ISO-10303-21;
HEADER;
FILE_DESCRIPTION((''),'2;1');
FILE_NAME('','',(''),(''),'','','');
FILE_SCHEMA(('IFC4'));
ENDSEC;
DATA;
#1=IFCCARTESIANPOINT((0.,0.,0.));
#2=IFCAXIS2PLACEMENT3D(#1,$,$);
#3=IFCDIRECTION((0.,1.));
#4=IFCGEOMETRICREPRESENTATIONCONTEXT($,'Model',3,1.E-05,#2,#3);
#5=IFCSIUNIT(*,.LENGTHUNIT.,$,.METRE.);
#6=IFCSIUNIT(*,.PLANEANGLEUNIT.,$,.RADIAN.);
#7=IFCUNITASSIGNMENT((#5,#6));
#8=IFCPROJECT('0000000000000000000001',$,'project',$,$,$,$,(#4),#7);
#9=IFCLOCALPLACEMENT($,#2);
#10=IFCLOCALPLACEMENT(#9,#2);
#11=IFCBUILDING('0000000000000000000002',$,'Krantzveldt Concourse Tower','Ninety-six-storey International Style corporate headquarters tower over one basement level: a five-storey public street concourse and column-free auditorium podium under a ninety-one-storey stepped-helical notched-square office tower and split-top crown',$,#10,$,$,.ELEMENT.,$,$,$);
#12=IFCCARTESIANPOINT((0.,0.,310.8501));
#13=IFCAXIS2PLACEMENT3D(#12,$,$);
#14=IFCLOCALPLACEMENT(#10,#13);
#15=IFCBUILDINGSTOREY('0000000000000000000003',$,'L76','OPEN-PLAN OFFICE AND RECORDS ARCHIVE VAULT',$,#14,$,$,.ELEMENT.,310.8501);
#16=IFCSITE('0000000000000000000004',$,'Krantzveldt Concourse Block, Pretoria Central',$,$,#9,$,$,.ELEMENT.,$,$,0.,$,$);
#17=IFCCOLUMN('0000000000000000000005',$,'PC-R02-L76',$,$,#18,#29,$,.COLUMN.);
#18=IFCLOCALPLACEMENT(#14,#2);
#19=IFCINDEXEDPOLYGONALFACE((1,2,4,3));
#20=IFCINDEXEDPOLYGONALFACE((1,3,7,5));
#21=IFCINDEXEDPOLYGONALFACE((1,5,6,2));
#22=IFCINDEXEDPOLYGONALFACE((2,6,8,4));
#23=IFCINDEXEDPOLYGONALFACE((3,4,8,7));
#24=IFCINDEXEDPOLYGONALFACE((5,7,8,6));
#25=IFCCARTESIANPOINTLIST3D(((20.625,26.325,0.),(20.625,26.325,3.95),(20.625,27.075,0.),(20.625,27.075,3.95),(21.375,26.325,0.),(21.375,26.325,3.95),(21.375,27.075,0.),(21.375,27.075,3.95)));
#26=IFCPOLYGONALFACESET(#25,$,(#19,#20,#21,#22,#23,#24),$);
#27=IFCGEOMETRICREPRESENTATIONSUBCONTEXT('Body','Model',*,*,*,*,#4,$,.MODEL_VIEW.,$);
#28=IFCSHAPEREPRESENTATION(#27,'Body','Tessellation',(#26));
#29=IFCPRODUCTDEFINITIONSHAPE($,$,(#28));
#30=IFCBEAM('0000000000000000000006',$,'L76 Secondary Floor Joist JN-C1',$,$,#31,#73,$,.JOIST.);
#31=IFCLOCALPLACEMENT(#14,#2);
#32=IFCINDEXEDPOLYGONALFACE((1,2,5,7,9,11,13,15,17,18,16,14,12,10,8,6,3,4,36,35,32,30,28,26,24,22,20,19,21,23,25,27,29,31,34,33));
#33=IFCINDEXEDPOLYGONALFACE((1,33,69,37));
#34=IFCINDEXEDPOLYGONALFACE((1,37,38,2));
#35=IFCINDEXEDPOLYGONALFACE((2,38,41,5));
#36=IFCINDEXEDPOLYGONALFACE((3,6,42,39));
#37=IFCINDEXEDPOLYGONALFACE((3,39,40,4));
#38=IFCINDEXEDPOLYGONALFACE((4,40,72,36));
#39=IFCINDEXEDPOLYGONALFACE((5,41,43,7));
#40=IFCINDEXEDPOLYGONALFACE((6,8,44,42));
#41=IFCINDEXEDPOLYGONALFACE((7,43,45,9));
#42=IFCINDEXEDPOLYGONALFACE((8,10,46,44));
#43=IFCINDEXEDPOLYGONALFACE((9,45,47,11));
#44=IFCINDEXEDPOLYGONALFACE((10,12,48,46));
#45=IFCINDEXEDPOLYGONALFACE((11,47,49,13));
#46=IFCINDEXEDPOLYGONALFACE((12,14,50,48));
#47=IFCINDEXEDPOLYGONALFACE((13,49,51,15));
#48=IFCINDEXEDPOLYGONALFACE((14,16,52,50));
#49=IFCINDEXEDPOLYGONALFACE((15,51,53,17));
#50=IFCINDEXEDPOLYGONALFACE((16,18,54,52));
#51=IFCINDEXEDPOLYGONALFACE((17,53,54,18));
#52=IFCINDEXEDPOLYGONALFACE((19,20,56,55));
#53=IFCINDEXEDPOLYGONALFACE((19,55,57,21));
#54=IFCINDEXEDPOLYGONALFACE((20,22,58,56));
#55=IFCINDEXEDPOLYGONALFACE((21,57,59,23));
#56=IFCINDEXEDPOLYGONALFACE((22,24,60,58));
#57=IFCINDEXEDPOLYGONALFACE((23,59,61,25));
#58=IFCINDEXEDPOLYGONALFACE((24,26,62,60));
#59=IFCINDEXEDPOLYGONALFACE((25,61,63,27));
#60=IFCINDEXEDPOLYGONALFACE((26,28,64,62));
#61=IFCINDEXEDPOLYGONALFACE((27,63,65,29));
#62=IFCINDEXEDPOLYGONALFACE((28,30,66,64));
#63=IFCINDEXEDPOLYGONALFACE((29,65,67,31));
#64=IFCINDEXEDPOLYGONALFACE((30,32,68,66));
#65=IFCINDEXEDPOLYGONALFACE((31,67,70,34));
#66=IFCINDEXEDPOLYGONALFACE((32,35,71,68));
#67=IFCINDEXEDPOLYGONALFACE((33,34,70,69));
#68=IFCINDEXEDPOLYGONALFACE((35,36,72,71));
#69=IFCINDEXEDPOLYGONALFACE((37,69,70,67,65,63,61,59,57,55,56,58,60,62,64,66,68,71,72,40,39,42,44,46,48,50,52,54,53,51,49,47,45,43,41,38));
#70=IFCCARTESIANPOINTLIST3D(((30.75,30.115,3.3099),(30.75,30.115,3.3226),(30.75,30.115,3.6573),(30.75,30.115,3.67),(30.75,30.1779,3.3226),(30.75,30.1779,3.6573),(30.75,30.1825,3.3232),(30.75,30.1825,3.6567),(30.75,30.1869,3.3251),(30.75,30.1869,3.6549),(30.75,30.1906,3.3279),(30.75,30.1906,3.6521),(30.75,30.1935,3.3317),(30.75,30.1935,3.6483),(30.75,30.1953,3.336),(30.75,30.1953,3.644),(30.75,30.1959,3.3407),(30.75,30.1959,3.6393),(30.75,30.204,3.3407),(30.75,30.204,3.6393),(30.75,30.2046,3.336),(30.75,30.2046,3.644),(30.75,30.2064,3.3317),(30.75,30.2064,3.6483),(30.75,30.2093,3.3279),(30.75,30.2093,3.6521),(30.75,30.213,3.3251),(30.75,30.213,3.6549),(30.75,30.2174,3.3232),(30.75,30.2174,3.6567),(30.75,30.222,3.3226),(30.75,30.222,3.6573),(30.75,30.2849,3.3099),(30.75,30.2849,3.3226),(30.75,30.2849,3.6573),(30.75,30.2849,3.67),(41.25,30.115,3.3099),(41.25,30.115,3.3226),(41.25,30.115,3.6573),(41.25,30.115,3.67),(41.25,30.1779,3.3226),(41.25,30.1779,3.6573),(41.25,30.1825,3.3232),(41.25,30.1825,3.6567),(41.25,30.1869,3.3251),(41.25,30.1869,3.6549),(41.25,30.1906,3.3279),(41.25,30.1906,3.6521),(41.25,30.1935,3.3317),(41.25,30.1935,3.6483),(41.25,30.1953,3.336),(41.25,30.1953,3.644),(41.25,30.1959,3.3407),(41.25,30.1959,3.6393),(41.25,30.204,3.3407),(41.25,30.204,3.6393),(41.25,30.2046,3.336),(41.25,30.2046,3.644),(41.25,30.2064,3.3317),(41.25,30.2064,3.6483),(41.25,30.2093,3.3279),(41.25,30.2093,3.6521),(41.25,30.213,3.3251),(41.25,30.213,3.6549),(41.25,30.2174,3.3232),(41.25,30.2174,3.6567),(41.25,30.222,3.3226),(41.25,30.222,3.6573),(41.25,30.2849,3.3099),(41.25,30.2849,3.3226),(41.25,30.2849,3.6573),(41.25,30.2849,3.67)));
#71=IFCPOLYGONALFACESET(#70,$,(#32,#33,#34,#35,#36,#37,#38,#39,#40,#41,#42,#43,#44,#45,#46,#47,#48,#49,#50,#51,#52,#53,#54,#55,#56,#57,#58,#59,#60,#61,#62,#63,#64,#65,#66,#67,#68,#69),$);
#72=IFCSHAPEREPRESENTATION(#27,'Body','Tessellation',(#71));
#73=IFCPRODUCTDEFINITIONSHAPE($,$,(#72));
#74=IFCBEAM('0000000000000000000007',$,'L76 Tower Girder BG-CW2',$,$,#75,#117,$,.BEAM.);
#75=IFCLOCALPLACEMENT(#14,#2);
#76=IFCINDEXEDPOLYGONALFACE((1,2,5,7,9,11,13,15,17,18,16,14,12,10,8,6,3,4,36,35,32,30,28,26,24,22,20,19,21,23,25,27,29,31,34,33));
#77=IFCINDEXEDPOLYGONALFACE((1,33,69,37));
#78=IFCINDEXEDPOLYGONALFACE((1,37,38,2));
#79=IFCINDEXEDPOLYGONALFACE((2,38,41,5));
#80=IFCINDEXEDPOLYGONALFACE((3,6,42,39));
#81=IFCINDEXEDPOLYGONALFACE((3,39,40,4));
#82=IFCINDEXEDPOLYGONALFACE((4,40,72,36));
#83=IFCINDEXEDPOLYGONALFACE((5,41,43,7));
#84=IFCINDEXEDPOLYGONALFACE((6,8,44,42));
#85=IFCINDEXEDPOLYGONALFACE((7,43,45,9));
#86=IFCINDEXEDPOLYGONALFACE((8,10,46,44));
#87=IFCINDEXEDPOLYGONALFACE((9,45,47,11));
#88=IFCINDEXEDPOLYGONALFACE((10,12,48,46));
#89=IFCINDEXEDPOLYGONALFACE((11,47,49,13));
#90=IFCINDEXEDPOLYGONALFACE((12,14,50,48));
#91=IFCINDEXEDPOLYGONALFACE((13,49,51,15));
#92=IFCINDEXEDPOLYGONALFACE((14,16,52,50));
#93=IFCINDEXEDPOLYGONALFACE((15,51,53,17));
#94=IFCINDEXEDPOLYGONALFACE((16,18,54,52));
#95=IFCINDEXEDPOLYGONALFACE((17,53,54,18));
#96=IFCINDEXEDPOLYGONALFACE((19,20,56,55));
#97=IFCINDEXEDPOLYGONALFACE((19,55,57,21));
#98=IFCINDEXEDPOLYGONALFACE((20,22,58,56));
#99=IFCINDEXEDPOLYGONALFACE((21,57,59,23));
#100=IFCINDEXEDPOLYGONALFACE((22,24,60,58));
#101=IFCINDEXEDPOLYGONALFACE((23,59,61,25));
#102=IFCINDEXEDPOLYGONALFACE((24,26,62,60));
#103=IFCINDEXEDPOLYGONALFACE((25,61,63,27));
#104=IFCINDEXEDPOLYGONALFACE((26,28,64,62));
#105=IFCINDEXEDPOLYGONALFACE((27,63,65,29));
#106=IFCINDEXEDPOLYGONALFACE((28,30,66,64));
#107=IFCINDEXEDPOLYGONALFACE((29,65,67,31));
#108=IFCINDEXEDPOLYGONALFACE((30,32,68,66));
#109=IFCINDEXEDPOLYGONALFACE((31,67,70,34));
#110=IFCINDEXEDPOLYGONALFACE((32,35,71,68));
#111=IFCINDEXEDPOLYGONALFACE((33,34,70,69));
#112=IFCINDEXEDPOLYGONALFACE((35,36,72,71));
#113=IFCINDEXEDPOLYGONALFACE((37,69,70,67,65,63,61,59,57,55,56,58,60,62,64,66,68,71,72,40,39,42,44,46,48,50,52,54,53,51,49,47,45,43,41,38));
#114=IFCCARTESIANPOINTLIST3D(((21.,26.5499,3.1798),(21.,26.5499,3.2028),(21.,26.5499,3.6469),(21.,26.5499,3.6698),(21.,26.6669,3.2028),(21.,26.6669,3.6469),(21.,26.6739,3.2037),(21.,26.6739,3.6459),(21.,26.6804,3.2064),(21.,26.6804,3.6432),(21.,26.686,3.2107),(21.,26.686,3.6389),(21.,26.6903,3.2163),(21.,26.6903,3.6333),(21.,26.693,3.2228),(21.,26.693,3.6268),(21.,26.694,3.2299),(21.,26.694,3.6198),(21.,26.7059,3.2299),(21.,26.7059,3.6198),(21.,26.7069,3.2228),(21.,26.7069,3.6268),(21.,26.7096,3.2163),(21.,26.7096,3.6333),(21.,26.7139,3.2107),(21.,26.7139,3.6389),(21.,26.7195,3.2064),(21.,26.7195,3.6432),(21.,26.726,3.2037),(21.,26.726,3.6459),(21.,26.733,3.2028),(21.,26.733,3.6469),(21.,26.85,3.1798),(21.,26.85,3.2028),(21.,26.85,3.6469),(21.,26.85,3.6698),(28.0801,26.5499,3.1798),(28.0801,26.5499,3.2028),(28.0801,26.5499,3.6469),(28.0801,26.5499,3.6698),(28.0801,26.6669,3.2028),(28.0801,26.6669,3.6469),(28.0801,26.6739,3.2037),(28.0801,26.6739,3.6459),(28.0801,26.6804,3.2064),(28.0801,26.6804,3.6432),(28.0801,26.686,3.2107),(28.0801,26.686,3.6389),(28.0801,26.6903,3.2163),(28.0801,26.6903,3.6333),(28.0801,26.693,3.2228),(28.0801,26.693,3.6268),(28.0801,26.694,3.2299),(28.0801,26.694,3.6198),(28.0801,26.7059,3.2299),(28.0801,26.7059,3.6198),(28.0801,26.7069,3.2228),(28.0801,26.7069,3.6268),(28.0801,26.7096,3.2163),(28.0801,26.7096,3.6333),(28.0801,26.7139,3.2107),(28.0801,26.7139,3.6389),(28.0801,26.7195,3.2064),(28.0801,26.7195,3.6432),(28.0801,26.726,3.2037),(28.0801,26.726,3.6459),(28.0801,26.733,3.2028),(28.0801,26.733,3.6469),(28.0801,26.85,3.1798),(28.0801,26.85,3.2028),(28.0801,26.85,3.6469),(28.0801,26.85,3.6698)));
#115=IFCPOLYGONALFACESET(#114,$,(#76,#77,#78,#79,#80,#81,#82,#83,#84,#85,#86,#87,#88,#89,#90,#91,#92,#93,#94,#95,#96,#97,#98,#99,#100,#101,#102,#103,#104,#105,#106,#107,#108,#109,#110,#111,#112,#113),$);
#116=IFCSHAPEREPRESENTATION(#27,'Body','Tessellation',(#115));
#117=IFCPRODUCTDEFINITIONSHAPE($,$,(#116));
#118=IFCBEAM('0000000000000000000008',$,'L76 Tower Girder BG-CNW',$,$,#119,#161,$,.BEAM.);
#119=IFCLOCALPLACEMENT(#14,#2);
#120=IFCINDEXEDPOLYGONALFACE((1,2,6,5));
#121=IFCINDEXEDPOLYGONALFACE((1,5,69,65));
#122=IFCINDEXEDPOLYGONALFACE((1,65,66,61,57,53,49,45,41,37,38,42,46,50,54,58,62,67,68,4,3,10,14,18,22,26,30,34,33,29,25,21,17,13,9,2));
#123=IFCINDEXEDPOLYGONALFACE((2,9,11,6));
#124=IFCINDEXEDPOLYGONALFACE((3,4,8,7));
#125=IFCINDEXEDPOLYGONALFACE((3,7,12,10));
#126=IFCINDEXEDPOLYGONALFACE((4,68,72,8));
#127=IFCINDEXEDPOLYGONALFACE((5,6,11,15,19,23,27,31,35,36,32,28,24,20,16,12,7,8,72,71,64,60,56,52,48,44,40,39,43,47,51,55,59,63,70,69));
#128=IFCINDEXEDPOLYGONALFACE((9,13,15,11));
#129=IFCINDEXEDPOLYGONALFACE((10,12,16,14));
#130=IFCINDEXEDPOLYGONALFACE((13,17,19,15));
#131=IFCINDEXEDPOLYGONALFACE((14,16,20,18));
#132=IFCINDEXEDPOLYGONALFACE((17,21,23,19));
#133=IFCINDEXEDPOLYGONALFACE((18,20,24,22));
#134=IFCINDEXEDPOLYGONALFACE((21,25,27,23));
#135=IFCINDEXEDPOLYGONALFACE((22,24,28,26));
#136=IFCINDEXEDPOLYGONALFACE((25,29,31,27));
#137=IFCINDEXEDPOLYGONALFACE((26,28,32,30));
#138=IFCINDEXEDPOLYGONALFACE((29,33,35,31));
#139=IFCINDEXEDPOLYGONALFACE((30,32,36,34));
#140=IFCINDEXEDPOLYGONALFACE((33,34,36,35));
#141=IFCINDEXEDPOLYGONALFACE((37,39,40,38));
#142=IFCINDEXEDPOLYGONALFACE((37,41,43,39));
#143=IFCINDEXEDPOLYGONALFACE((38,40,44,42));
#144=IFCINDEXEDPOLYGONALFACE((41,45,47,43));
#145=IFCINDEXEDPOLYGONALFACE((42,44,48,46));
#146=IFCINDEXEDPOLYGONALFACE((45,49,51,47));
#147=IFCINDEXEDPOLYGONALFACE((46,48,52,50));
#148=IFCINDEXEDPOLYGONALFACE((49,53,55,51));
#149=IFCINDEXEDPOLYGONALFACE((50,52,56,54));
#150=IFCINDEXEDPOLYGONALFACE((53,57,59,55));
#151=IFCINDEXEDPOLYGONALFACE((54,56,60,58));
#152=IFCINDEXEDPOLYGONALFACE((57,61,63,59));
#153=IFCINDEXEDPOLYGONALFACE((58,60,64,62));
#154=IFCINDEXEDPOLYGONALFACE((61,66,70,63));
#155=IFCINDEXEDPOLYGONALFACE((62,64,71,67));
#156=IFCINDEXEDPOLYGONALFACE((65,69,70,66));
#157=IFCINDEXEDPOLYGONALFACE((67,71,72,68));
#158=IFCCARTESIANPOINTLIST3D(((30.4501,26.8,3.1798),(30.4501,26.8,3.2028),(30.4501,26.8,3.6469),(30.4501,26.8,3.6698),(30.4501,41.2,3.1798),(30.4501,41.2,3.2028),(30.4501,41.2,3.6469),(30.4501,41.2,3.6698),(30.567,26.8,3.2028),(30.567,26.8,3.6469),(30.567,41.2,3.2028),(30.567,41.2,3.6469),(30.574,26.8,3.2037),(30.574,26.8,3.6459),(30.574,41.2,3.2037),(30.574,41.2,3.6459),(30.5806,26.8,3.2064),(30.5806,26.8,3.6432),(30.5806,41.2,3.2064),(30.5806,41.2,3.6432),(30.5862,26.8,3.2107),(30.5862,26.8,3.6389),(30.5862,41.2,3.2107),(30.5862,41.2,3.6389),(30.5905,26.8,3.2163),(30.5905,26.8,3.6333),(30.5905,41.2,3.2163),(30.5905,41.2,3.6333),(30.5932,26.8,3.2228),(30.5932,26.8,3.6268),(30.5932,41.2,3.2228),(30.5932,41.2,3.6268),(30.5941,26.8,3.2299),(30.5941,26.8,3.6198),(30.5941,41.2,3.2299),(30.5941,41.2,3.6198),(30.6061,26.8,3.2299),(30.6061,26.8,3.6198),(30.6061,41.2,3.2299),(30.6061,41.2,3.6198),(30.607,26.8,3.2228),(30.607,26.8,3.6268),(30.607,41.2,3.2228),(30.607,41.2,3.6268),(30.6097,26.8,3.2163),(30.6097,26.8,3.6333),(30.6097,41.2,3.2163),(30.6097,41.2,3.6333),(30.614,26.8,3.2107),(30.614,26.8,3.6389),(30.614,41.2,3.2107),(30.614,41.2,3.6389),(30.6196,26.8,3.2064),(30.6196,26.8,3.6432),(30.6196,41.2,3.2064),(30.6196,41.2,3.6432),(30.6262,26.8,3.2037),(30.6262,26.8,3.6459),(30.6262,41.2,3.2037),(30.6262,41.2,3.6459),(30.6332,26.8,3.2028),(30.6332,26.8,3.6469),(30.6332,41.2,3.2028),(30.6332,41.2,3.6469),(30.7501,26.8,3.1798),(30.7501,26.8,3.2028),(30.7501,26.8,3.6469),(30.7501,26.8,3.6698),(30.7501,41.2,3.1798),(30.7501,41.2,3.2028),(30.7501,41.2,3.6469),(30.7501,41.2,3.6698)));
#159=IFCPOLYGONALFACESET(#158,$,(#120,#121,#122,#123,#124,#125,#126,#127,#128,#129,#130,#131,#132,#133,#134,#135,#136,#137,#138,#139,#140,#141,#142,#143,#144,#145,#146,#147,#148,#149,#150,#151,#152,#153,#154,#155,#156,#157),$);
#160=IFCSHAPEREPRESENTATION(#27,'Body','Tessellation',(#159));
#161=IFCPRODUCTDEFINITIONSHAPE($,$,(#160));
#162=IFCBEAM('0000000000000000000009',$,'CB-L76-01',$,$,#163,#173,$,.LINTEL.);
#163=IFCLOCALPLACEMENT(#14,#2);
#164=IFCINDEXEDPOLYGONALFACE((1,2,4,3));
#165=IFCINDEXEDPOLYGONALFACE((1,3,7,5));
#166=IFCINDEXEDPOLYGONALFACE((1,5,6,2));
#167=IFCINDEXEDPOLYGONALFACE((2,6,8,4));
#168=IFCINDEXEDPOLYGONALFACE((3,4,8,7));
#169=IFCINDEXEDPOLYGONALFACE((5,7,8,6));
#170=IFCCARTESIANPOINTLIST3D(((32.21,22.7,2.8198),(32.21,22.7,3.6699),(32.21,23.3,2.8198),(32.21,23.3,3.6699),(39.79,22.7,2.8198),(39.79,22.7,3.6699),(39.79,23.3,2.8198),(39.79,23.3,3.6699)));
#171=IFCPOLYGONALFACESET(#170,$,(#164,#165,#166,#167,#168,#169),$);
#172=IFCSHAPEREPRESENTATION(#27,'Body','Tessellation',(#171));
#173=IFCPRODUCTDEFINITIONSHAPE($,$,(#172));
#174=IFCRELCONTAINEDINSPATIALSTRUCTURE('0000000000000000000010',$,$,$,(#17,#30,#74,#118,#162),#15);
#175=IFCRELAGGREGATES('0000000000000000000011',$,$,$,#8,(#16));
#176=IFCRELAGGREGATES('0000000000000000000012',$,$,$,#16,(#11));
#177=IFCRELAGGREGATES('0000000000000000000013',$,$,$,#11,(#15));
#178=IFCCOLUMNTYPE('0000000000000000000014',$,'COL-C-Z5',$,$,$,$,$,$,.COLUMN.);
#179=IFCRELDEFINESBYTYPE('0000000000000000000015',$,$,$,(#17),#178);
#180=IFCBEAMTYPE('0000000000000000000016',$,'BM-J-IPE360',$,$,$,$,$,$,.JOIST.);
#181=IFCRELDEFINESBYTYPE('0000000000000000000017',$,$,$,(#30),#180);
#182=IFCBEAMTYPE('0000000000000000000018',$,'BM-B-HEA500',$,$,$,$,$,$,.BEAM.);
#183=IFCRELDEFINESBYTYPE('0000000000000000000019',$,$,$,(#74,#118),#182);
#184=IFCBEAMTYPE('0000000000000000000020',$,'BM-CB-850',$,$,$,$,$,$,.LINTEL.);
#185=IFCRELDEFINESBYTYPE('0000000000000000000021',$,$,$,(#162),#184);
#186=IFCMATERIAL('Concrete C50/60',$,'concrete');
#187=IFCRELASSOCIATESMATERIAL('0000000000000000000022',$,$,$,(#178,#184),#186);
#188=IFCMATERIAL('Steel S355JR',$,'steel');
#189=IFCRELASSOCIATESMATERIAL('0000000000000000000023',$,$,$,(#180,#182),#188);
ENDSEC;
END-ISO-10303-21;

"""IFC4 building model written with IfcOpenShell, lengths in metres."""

from ifc_helpers import new_model, si_unit, direction, frame, origin, origin_2d, place, context, subcontext, project, spatial, rectangle, i_section, extrude, source, transform, mapped, material, material_profile, profile_set, type_object, type_shapes, element, save


model = new_model("IFC4")

# Units and contexts
model_context = context("Model", 3, precision=1e-05, world=origin(), true_north=direction((0.0, 1.0)))
body_context = subcontext(model_context, "Body", "Model", "MODEL_VIEW")
ifc_project = project(units=[si_unit("LENGTHUNIT", "METRE"), si_unit("PLANEANGLEUNIT", "RADIAN")], contexts=[model_context])

# Site, building, storey
site_placement = place(None, origin())
site = spatial("IfcSite", under=ifc_project, at=site_placement, Name="Krantzveldt Concourse Block, Pretoria Central", CompositionType="ELEMENT", RefElevation=0.0)
building_placement = place(site_placement, origin())
building = spatial("IfcBuilding", under=site, at=building_placement, Name="Krantzveldt Concourse Tower", Description="Ninety-six-storey International Style corporate headquarters tower over one basement level: a five-storey public street concourse and column-free auditorium podium under a ninety-one-storey stepped-helical notched-square office tower and split-top crown", CompositionType="ELEMENT")
storey_placement = place(building_placement, frame((0.0, 0.0, 310.8501)))
storey = spatial("IfcBuildingStorey", under=building, at=storey_placement, Name="L76", Description="OPEN-PLAN OFFICE AND RECORDS ARCHIVE VAULT", CompositionType="ELEMENT", Elevation=310.8501)

# Column
ifc_material_1 = material(Name="Concrete C50/60", Category="concrete")
ifc_material_profile_1 = material_profile(ifc_material_1, rectangle(XDim=0.75, YDim=0.75, at=origin_2d()), Name="Concrete C50/60", Category="concrete")
ifc_profile_set_1 = profile_set([ifc_material_profile_1], Name="Concrete C50/60 - RC 750x750")
column_type = type_object("IfcColumnType", Name="COL-C-Z5", PredefinedType="COLUMN", material=ifc_profile_set_1)
shared_shape_1 = source(origin(), body_context, "Body", "SweptSolid", [
    extrude(rectangle(XDim=0.75, YDim=0.75, at=origin_2d()), origin(), (0.0, 0.0, 1.0), 3.95),
])
type_shapes(column_type, [shared_shape_1])
column_placement = place(storey_placement, frame((21.0, 26.7, 0.0), z_axis=(0.0, 0.0, 1.0), x_axis=(1.0, 0.0, 0.0)))
element("IfcColumn", 1, at=column_placement, inside=storey, type_object=column_type, Name="PC-R02-L76", PredefinedType="COLUMN", context=body_context, shape_type="MappedRepresentation", body=[
    mapped(shared_shape_1, transform((0.0, 0.0, 0.0), x_axis=(1.0, 0.0, 0.0), y_axis=(0.0, 1.0, 0.0), z_axis=(0.0, 0.0, 1.0), scale=1.0)),
])

# Beams
ifc_material_2 = material(Name="Steel S355JR", Category="steel")
ifc_material_profile_2 = material_profile(ifc_material_2, i_section(OverallWidth=0.1699, OverallDepth=0.3601, WebThickness=0.0081, FlangeThickness=0.0127, FilletRadius=0.0181, at=origin_2d()), Name="Steel S355JR", Category="steel")
ifc_profile_set_2 = profile_set([ifc_material_profile_2], Name="Steel S355JR - IPE 360")
beam_type_1 = type_object("IfcBeamType", Name="BM-J-IPE360", PredefinedType="JOIST", material=ifc_profile_set_2)
shared_shape_2 = source(origin(), body_context, "Body", "SweptSolid", [
    extrude(i_section(OverallWidth=0.1699, OverallDepth=0.3601, WebThickness=0.0081, FlangeThickness=0.0127, FilletRadius=0.0181, at=origin_2d()), origin(), (0.0, 0.0, 1.0), 10.5),
])
beam_1_placement = place(storey_placement, frame((30.75, 30.2, 3.49), z_axis=(1.0, 0.0, 0.0), x_axis=(0.0, 1.0, 0.0)))
element("IfcBeam", 2, at=beam_1_placement, inside=storey, type_object=beam_type_1, Name="L76 Secondary Floor Joist JN-C1", PredefinedType="JOIST", context=body_context, shape_type="MappedRepresentation", body=[
    mapped(shared_shape_2, transform((0.0, 0.0, 0.0), x_axis=(1.0, 0.0, 0.0), y_axis=(0.0, 1.0, 0.0), z_axis=(0.0, 0.0, 1.0), scale=1.0)),
])
ifc_material_profile_3 = material_profile(ifc_material_2, i_section(OverallWidth=0.3, OverallDepth=0.49, WebThickness=0.012, FlangeThickness=0.0229, FilletRadius=0.0271, at=origin_2d()), Name="Steel S355JR", Category="steel")
ifc_profile_set_3 = profile_set([ifc_material_profile_3], Name="Steel S355JR - HEA 500")
beam_type_2 = type_object("IfcBeamType", Name="BM-B-HEA500", PredefinedType="BEAM", material=ifc_profile_set_3)
shared_shape_3 = source(origin(), body_context, "Body", "SweptSolid", [
    extrude(i_section(OverallWidth=0.3, OverallDepth=0.49, WebThickness=0.012, FlangeThickness=0.0229, FilletRadius=0.0271, at=origin_2d()), origin(), (0.0, 0.0, 1.0), 7.0801),
])
beam_2_placement = place(storey_placement, frame((21.0, 26.7, 3.4248), z_axis=(1.0, 0.0, 0.0), x_axis=(0.0, 1.0, 0.0)))
element("IfcBeam", 3, at=beam_2_placement, inside=storey, type_object=beam_type_2, Name="L76 Tower Girder BG-CW2", PredefinedType="BEAM", context=body_context, shape_type="MappedRepresentation", body=[
    mapped(shared_shape_3, transform((0.0, 0.0, 0.0), x_axis=(1.0, 0.0, 0.0), y_axis=(0.0, 1.0, 0.0), z_axis=(0.0, 0.0, 1.0), scale=1.0)),
])
shared_shape_4 = source(origin(), body_context, "Body", "SweptSolid", [
    extrude(i_section(OverallWidth=0.3, OverallDepth=0.49, WebThickness=0.012, FlangeThickness=0.0229, FilletRadius=0.0271, at=origin_2d()), origin(), (0.0, 0.0, 1.0), 14.3999),
])
type_shapes(beam_type_2, [shared_shape_3, shared_shape_4])
beam_3_placement = place(storey_placement, frame((30.6001, 26.8, 3.4248), z_axis=(0.0, 1.0, 0.0), x_axis=(-1.0, 0.0, 0.0)))
element("IfcBeam", 4, at=beam_3_placement, inside=storey, type_object=beam_type_2, Name="L76 Tower Girder BG-CNW", PredefinedType="BEAM", context=body_context, shape_type="MappedRepresentation", body=[
    mapped(shared_shape_4, transform((0.0, 0.0, 0.0), x_axis=(1.0, 0.0, 0.0), y_axis=(0.0, 1.0, 0.0), z_axis=(0.0, 0.0, 1.0), scale=1.0)),
])
ifc_material_profile_4 = material_profile(ifc_material_1, rectangle(XDim=0.6001, YDim=0.8501, at=origin_2d()), Name="Concrete C50/60", Category="concrete")
ifc_profile_set_4 = profile_set([ifc_material_profile_4], Name="Concrete C50/60 - RC-CB 600x850")
beam_type_3 = type_object("IfcBeamType", Name="BM-CB-850", PredefinedType="LINTEL", material=ifc_profile_set_4)
shared_shape_5 = source(origin(), body_context, "Body", "SweptSolid", [
    extrude(rectangle(XDim=0.6001, YDim=0.8501, at=origin_2d()), origin(), (0.0, 0.0, 1.0), 7.5801),
])
type_shapes(beam_type_3, [shared_shape_5])
beam_4_placement = place(storey_placement, frame((32.21, 23.0, 3.2449), z_axis=(1.0, 0.0, 0.0), x_axis=(0.0, 1.0, 0.0)))
element("IfcBeam", 5, at=beam_4_placement, inside=storey, type_object=beam_type_3, Name="CB-L76-01", PredefinedType="LINTEL", context=body_context, shape_type="MappedRepresentation", body=[
    mapped(shared_shape_5, transform((0.0, 0.0, 0.0), x_axis=(1.0, 0.0, 0.0), y_axis=(0.0, 1.0, 0.0), z_axis=(0.0, 0.0, 1.0), scale=1.0)),
])

save(model, "model.ifc")
